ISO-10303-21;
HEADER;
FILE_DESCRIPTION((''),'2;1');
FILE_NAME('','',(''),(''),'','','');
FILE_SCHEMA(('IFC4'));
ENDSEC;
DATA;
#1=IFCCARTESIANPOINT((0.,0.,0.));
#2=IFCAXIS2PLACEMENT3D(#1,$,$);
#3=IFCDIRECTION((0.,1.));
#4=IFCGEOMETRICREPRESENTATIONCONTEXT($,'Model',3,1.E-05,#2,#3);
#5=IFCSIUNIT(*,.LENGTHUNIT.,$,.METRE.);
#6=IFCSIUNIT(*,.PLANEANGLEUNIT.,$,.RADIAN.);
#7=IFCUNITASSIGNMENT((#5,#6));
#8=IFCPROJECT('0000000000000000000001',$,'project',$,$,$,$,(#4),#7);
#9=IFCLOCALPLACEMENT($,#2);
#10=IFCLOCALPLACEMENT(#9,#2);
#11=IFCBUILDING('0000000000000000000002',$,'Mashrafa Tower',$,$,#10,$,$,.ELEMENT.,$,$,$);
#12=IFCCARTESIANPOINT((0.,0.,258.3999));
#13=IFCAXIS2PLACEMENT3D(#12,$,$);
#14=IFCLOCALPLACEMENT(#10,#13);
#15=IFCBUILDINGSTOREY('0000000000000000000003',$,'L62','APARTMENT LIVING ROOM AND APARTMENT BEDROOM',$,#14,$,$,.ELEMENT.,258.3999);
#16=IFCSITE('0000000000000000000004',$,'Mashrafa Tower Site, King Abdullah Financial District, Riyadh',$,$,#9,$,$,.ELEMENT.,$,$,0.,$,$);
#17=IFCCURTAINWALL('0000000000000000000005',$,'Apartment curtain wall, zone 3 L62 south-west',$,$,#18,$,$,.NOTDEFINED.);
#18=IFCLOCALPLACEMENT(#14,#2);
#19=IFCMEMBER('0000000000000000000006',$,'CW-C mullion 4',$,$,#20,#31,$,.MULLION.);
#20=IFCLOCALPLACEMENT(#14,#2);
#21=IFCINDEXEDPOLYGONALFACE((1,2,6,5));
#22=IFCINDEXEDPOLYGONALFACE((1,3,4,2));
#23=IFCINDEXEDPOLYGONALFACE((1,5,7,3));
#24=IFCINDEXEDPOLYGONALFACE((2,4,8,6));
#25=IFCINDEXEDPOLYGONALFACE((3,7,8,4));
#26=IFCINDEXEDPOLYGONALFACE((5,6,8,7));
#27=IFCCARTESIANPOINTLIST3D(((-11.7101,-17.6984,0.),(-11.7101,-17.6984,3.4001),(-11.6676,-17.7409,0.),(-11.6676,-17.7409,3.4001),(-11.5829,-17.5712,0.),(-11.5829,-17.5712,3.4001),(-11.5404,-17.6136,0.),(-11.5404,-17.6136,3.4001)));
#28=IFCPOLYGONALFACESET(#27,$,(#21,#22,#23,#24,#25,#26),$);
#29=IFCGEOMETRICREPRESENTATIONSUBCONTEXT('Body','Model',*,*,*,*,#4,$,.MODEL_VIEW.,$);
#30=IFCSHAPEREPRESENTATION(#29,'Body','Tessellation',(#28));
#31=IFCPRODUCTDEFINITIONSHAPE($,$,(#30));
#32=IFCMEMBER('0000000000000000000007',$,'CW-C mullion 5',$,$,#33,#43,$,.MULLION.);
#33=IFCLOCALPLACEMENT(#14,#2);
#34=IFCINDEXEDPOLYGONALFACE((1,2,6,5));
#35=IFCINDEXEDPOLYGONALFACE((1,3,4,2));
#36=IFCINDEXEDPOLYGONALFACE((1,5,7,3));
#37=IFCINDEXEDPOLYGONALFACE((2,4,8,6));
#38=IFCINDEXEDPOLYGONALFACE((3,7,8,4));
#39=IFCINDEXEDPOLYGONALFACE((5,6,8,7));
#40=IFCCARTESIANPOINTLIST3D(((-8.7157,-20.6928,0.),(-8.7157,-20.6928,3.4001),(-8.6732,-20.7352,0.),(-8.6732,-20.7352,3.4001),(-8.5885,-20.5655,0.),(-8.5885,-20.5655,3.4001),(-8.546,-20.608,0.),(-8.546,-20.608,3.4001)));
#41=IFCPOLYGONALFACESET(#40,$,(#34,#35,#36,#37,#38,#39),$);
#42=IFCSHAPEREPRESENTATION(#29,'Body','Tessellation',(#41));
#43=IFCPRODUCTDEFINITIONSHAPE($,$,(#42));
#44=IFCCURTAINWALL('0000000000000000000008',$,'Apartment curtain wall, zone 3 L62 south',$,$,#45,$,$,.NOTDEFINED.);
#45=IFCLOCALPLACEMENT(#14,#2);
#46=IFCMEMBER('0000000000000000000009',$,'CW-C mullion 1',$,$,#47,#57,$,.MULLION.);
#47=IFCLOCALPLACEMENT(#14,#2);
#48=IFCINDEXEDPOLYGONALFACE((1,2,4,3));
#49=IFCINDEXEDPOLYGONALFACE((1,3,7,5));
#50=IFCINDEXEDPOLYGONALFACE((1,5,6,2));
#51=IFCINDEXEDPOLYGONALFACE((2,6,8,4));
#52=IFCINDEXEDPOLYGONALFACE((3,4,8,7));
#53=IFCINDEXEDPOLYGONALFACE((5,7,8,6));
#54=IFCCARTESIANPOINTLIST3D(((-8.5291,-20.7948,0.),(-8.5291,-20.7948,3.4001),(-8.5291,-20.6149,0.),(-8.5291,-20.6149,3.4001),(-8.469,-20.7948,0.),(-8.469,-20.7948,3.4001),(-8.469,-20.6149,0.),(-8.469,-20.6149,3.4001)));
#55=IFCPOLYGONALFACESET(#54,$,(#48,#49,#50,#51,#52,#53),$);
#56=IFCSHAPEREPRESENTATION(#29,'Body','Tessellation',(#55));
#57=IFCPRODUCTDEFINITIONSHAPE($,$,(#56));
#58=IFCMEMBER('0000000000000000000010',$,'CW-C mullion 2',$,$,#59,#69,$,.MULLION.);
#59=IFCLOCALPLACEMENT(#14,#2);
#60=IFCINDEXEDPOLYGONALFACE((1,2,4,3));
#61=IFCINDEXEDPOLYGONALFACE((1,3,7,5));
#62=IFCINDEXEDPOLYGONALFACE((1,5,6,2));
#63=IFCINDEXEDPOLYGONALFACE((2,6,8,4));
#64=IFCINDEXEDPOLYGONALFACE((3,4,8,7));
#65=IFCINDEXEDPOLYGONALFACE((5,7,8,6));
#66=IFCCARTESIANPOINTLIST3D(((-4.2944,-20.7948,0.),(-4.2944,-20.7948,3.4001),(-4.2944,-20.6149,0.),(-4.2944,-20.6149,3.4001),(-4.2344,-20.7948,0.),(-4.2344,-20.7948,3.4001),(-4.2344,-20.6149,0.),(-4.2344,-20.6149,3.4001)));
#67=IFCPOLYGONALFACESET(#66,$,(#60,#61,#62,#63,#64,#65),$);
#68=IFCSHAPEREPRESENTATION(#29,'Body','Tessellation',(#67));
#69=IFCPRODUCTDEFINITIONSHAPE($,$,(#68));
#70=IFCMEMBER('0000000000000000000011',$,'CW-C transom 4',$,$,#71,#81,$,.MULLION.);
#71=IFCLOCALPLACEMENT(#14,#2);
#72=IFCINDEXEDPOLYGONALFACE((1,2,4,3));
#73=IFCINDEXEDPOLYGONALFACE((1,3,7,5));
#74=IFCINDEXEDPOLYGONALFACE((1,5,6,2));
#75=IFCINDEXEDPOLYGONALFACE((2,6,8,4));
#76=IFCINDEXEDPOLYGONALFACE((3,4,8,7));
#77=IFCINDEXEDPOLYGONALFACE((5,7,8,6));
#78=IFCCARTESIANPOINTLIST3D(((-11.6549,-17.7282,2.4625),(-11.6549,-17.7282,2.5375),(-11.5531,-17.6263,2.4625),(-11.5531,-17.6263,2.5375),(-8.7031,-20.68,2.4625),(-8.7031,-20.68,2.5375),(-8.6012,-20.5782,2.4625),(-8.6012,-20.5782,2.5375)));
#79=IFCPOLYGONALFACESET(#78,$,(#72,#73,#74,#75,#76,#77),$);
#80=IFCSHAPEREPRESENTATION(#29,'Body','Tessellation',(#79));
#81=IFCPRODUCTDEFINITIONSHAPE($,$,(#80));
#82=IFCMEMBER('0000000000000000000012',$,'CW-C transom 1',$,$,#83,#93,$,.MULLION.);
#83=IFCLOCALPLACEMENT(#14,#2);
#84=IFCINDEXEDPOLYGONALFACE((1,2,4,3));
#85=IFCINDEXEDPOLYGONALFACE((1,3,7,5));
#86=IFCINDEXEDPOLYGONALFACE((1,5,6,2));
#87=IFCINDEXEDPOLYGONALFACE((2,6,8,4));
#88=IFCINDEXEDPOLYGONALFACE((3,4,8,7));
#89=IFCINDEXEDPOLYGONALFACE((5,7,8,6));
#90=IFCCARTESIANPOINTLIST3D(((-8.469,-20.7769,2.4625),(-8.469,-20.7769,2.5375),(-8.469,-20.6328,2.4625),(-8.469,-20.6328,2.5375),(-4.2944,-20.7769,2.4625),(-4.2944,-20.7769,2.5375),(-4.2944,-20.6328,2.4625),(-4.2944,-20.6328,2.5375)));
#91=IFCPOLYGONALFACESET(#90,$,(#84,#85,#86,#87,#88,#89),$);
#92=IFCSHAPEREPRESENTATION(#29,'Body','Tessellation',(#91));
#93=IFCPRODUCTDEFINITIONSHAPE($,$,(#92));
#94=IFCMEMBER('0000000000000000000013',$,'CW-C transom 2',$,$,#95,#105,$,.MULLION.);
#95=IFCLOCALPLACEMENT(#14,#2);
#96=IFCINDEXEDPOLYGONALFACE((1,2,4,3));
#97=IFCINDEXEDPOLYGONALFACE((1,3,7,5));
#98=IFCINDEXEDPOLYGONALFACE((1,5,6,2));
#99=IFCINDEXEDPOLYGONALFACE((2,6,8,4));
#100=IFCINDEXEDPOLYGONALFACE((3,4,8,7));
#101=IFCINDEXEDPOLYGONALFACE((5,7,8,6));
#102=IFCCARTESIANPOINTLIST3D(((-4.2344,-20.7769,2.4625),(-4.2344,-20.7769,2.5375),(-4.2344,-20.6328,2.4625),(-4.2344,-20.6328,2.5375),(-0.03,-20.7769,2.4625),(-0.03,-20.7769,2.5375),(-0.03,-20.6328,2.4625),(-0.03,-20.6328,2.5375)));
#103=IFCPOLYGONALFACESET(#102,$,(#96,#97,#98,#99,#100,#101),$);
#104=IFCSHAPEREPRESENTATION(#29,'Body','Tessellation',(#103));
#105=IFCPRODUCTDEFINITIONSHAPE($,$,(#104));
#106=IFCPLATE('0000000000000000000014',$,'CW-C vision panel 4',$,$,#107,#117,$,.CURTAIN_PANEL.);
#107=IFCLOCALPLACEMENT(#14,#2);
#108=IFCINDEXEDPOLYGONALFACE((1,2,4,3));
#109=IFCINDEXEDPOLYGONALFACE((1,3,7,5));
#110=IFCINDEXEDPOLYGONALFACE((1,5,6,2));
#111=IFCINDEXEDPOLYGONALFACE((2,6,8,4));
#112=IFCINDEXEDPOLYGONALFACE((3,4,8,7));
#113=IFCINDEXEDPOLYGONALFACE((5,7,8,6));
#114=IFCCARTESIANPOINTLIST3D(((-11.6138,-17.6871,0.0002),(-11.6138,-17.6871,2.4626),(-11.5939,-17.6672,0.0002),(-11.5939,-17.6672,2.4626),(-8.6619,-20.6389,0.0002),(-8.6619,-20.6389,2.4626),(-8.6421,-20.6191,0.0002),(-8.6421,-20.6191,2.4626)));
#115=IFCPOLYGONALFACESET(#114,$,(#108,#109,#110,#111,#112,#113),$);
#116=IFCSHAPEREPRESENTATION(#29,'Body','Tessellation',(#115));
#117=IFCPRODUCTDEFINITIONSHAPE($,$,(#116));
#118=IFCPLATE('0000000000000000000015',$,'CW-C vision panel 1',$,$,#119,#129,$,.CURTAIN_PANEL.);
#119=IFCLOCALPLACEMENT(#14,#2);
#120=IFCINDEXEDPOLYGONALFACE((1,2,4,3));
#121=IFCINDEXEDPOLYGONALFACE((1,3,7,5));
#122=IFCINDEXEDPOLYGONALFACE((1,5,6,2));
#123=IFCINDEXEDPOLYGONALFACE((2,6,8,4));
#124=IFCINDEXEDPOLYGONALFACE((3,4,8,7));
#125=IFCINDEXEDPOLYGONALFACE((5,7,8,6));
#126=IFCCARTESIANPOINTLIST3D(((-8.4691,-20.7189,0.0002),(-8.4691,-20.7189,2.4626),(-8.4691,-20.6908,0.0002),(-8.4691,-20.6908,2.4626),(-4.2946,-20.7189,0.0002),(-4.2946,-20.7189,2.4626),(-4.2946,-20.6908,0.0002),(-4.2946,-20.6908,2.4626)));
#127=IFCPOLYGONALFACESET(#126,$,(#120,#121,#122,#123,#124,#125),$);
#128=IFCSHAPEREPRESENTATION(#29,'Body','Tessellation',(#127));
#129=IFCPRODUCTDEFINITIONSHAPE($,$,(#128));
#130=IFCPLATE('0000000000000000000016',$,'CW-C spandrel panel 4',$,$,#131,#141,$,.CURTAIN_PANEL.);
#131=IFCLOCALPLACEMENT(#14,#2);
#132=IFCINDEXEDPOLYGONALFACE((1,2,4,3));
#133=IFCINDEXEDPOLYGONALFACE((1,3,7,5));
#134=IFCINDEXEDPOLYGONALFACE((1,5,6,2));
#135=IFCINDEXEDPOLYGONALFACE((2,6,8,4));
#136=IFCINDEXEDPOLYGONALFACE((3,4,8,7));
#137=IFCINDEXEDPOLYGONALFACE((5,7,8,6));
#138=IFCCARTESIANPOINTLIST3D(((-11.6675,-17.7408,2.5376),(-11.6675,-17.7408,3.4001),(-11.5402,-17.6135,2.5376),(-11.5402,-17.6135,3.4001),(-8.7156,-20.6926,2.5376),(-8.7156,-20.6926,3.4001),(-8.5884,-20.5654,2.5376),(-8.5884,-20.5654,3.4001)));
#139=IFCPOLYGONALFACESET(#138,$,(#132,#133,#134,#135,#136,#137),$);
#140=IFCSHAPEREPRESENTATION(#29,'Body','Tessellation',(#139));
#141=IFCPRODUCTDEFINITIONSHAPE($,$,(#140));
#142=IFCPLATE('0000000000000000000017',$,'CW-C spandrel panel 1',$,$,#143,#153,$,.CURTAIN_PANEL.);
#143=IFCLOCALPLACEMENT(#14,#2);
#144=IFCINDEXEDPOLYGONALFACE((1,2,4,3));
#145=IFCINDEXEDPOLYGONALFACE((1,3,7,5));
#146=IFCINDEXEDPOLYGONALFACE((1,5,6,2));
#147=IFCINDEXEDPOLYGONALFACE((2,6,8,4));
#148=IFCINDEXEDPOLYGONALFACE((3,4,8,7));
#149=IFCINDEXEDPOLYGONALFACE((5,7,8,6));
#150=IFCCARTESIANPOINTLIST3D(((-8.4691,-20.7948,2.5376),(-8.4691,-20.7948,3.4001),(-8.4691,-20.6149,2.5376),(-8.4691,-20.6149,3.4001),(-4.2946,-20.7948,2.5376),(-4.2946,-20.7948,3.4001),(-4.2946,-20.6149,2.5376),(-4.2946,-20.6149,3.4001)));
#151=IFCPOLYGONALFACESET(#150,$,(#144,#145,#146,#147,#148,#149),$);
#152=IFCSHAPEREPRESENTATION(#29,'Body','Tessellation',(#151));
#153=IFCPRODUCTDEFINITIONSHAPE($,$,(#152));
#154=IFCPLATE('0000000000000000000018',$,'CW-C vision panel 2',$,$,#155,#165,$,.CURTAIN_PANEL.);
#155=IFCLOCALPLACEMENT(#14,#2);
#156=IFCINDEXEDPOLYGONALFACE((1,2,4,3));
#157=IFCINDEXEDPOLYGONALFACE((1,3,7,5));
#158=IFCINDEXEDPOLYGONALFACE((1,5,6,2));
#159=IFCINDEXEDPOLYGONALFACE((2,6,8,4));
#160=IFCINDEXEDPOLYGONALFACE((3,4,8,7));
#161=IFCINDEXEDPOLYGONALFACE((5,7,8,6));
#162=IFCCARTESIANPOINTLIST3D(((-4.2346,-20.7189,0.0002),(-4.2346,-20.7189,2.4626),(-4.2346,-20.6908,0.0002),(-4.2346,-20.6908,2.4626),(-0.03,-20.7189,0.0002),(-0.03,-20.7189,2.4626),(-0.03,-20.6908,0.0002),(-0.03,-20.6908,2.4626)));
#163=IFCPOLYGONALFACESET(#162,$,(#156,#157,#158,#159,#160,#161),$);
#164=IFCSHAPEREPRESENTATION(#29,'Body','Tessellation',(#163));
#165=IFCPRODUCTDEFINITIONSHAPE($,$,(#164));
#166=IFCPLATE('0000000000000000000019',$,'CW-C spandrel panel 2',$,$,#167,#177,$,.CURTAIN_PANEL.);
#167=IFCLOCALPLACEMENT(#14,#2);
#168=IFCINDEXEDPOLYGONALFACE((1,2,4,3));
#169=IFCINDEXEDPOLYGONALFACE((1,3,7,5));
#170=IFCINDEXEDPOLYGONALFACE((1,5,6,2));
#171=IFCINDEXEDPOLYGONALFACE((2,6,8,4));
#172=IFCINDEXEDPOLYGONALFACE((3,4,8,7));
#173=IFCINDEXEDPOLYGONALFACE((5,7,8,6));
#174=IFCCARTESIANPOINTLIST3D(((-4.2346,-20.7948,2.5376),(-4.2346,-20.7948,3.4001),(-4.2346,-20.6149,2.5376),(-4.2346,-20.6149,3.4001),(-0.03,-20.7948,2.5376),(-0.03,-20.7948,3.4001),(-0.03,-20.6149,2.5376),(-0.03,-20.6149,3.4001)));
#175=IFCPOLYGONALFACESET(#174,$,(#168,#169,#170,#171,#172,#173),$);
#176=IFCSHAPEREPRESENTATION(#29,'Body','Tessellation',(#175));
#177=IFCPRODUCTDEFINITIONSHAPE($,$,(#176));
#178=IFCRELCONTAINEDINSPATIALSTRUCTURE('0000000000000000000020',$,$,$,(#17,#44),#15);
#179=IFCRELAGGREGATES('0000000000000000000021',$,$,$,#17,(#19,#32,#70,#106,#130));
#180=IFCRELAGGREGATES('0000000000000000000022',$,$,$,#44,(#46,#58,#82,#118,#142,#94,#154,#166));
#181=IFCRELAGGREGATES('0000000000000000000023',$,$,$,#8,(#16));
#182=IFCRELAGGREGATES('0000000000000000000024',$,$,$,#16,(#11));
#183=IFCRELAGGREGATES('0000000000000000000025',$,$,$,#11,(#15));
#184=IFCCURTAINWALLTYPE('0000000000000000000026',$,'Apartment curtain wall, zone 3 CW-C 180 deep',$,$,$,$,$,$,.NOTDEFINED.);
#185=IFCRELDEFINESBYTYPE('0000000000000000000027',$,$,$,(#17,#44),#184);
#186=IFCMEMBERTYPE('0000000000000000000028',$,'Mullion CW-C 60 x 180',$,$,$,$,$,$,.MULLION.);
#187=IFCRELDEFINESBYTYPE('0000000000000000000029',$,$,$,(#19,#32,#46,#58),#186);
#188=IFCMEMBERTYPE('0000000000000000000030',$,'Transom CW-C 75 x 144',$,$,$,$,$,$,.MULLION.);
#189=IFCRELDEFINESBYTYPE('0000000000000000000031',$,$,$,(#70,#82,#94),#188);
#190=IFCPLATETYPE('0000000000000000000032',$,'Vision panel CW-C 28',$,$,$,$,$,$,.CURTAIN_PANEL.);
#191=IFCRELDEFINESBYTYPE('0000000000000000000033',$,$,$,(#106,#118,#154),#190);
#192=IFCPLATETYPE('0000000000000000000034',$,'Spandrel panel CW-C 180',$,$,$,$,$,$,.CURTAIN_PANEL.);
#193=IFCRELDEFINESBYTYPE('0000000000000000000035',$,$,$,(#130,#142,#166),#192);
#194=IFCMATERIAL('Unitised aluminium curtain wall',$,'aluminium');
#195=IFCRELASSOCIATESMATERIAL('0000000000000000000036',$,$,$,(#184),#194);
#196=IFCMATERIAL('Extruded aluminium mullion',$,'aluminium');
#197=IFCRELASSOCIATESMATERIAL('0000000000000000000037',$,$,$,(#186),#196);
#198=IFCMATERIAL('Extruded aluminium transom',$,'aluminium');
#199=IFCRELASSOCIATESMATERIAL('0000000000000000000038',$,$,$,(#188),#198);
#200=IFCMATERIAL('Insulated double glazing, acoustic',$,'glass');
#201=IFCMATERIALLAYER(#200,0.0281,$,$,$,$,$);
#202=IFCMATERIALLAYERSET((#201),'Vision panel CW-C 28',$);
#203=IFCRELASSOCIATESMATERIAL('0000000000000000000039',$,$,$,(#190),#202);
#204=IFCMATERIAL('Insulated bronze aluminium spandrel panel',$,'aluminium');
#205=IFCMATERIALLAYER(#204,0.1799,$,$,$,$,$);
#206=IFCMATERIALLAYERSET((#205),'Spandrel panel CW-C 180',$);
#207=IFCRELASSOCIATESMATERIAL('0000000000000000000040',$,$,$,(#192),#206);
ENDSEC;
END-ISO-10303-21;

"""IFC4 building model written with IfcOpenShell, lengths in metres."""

from ifc_helpers import new_model, si_unit, direction, frame, origin, origin_2d, place, context, subcontext, project, spatial, rectangle, extrude, source, transform, mapped, material, layer, layer_set, material_profile, profile_set, type_object, type_shapes, element, aggregate, save


model = new_model("IFC4")

# Units and contexts
model_context = context("Model", 3, precision=1e-05, world=origin(), true_north=direction((0.0, 1.0)))
body_context = subcontext(model_context, "Body", "Model", "MODEL_VIEW")
ifc_project = project(units=[si_unit("LENGTHUNIT", "METRE"), si_unit("PLANEANGLEUNIT", "RADIAN")], contexts=[model_context])

# Site, building, storey
site_placement = place(None, origin())
site = spatial("IfcSite", under=ifc_project, at=site_placement, Name="Mashrafa Tower Site, King Abdullah Financial District, Riyadh", CompositionType="ELEMENT", RefElevation=0.0)
building_placement = place(site_placement, origin())
building = spatial("IfcBuilding", under=site, at=building_placement, Name="Mashrafa Tower", CompositionType="ELEMENT")
storey_placement = place(building_placement, frame((0.0, 0.0, 258.3999)))
storey = spatial("IfcBuildingStorey", under=building, at=storey_placement, Name="L62", Description="APARTMENT LIVING ROOM AND APARTMENT BEDROOM", CompositionType="ELEMENT", Elevation=258.3999)

# Curtain walls, members
ifc_material_1 = material(Name="Unitised aluminium curtain wall", Category="aluminium")
curtain_wall_type = type_object("IfcCurtainWallType", Name="Apartment curtain wall, zone 3 CW-C 180 deep", PredefinedType="NOTDEFINED", material=ifc_material_1)
curtain_wall_1_placement = place(storey_placement, origin())
curtain_wall_1 = element("IfcCurtainWall", 1, at=curtain_wall_1_placement, inside=storey, type_object=curtain_wall_type, Name="Apartment curtain wall, zone 3 L62 south-west", PredefinedType="NOTDEFINED")
ifc_material_2 = material(Name="Extruded aluminium mullion", Category="aluminium")
ifc_material_profile_1 = material_profile(ifc_material_2, rectangle(XDim=0.1799, YDim=0.0601, at=origin_2d()), Name="Mullion 60x180")
ifc_profile_set_1 = profile_set([ifc_material_profile_1], Name="Extruded aluminium mullion")
member_type_1 = type_object("IfcMemberType", Name="Mullion CW-C 60 x 180", PredefinedType="MULLION", material=ifc_profile_set_1)
shared_shape_1 = source(origin(), body_context, "Body", "SweptSolid", [
    extrude(rectangle(XDim=0.1799, YDim=0.0601, at=origin_2d()), origin(), (0.0, 0.0, 1.0), 3.4001),
])
type_shapes(member_type_1, [shared_shape_1])
member_1_placement = place(storey_placement, frame((-11.6252, -17.656, 0.0), z_axis=(0.0, 0.0, 1.0), x_axis=(0.707107, 0.707107, 0.0)))
member_1 = element("IfcMember", 2, at=member_1_placement, type_object=member_type_1, Name="CW-C mullion 4", PredefinedType="MULLION", context=body_context, shape_type="MappedRepresentation", body=[
    mapped(shared_shape_1, transform((0.0, 0.0, 0.0))),
])
member_2_placement = place(storey_placement, frame((-8.6309, -20.6504, 0.0), z_axis=(0.0, 0.0, 1.0), x_axis=(0.707107, 0.707107, 0.0)))
member_2 = element("IfcMember", 3, at=member_2_placement, type_object=member_type_1, Name="CW-C mullion 5", PredefinedType="MULLION", context=body_context, shape_type="MappedRepresentation", body=[
    mapped(shared_shape_1, transform((0.0, 0.0, 0.0))),
])
curtain_wall_2_placement = place(storey_placement, origin())
curtain_wall_2 = element("IfcCurtainWall", 4, at=curtain_wall_2_placement, inside=storey, type_object=curtain_wall_type, Name="Apartment curtain wall, zone 3 L62 south", PredefinedType="NOTDEFINED")
member_3_placement = place(storey_placement, frame((-8.499, -20.7048, 0.0), z_axis=(0.0, 0.0, 1.0), x_axis=(0.0, 1.0, 0.0)))
member_3 = element("IfcMember", 5, at=member_3_placement, type_object=member_type_1, Name="CW-C mullion 1", PredefinedType="MULLION", context=body_context, shape_type="MappedRepresentation", body=[
    mapped(shared_shape_1, transform((0.0, 0.0, 0.0))),
])
member_4_placement = place(storey_placement, frame((-4.2644, -20.7048, 0.0), z_axis=(0.0, 0.0, 1.0), x_axis=(0.0, 1.0, 0.0)))
member_4 = element("IfcMember", 6, at=member_4_placement, type_object=member_type_1, Name="CW-C mullion 2", PredefinedType="MULLION", context=body_context, shape_type="MappedRepresentation", body=[
    mapped(shared_shape_1, transform((0.0, 0.0, 0.0))),
])

# Members
ifc_material_3 = material(Name="Extruded aluminium transom", Category="aluminium")
ifc_material_profile_2 = material_profile(ifc_material_3, rectangle(XDim=0.144, YDim=0.075, at=origin_2d()), Name="Transom 75x144")
ifc_profile_set_2 = profile_set([ifc_material_profile_2], Name="Extruded aluminium transom")
member_type_2 = type_object("IfcMemberType", Name="Transom CW-C 75 x 144", PredefinedType="MULLION", material=ifc_profile_set_2)
shared_shape_2 = source(origin(), body_context, "Body", "SweptSolid", [
    extrude(rectangle(XDim=0.144, YDim=0.075, at=origin_2d()), origin(), (0.0, 0.0, 1.0), 4.1746),
])
member_5_placement = place(storey_placement, frame((-11.604, -17.6772, 2.5), z_axis=(0.707107, -0.707107, 0.0), x_axis=(0.707107, 0.707107, 0.0)))
member_5 = element("IfcMember", 7, at=member_5_placement, type_object=member_type_2, Name="CW-C transom 4", PredefinedType="MULLION", context=body_context, shape_type="MappedRepresentation", body=[
    mapped(shared_shape_2, transform((0.0, 0.0, 0.0))),
])
member_6_placement = place(storey_placement, frame((-8.469, -20.7048, 2.5), z_axis=(1.0, 0.0, 0.0), x_axis=(0.0, 1.0, 0.0)))
member_6 = element("IfcMember", 8, at=member_6_placement, type_object=member_type_2, Name="CW-C transom 1", PredefinedType="MULLION", context=body_context, shape_type="MappedRepresentation", body=[
    mapped(shared_shape_2, transform((0.0, 0.0, 0.0))),
])
shared_shape_3 = source(origin(), body_context, "Body", "SweptSolid", [
    extrude(rectangle(XDim=0.144, YDim=0.075, at=origin_2d()), origin(), (0.0, 0.0, 1.0), 4.2043),
])
type_shapes(member_type_2, [shared_shape_2, shared_shape_3])
member_7_placement = place(storey_placement, frame((-4.2344, -20.7048, 2.5), z_axis=(1.0, 0.0, 0.0), x_axis=(0.0, 1.0, 0.0)))
member_7 = element("IfcMember", 9, at=member_7_placement, type_object=member_type_2, Name="CW-C transom 2", PredefinedType="MULLION", context=body_context, shape_type="MappedRepresentation", body=[
    mapped(shared_shape_3, transform((0.0, 0.0, 0.0))),
])

# Plates
ifc_material_4 = material(Name="Insulated double glazing, acoustic", Category="glass")
ifc_layer_1 = layer(ifc_material_4, 0.0281)
ifc_layer_set_1 = layer_set([ifc_layer_1], Name="Vision panel CW-C 28")
plate_type_1 = type_object("IfcPlateType", Name="Vision panel CW-C 28", PredefinedType="CURTAIN_PANEL", material=ifc_layer_set_1)
shared_shape_4 = source(origin(), body_context, "Body", "SweptSolid", [
    extrude(rectangle(XDim=4.1746, YDim=0.0281, at=origin_2d()), origin(), (0.0, 0.0, 1.0), 2.4624),
])
plate_1_placement = place(storey_placement, frame((-10.1279, -19.1531, 0.0002), z_axis=(0.0, 0.0, 1.0), x_axis=(0.707107, -0.707107, 0.0)))
plate_1 = element("IfcPlate", 10, at=plate_1_placement, type_object=plate_type_1, Name="CW-C vision panel 4", PredefinedType="CURTAIN_PANEL", context=body_context, shape_type="MappedRepresentation", body=[
    mapped(shared_shape_4, transform((0.0, 0.0, 0.0))),
])
plate_2_placement = place(storey_placement, frame((-6.3818, -20.7048, 0.0002), z_axis=(0.0, 0.0, 1.0), x_axis=(1.0, 0.0, 0.0)))
plate_2 = element("IfcPlate", 11, at=plate_2_placement, type_object=plate_type_1, Name="CW-C vision panel 1", PredefinedType="CURTAIN_PANEL", context=body_context, shape_type="MappedRepresentation", body=[
    mapped(shared_shape_4, transform((0.0, 0.0, 0.0))),
])
ifc_material_5 = material(Name="Insulated bronze aluminium spandrel panel", Category="aluminium")
ifc_layer_2 = layer(ifc_material_5, 0.1799)
ifc_layer_set_2 = layer_set([ifc_layer_2], Name="Spandrel panel CW-C 180")
plate_type_2 = type_object("IfcPlateType", Name="Spandrel panel CW-C 180", PredefinedType="CURTAIN_PANEL", material=ifc_layer_set_2)
shared_shape_5 = source(origin(), body_context, "Body", "SweptSolid", [
    extrude(rectangle(XDim=4.1746, YDim=0.1799, at=origin_2d()), origin(), (0.0, 0.0, 1.0), 0.8625),
])
plate_3_placement = place(storey_placement, frame((-10.1279, -19.1531, 2.5376), z_axis=(0.0, 0.0, 1.0), x_axis=(0.707107, -0.707107, 0.0)))
plate_3 = element("IfcPlate", 12, at=plate_3_placement, type_object=plate_type_2, Name="CW-C spandrel panel 4", PredefinedType="CURTAIN_PANEL", context=body_context, shape_type="MappedRepresentation", body=[
    mapped(shared_shape_5, transform((0.0, 0.0, 0.0))),
])
aggregate(curtain_wall_1, [member_1, member_2, member_5, plate_1, plate_3])
plate_4_placement = place(storey_placement, frame((-6.3818, -20.7048, 2.5376), z_axis=(0.0, 0.0, 1.0), x_axis=(1.0, 0.0, 0.0)))
plate_4 = element("IfcPlate", 13, at=plate_4_placement, type_object=plate_type_2, Name="CW-C spandrel panel 1", PredefinedType="CURTAIN_PANEL", context=body_context, shape_type="MappedRepresentation", body=[
    mapped(shared_shape_5, transform((0.0, 0.0, 0.0))),
])
shared_shape_6 = source(origin(), body_context, "Body", "SweptSolid", [
    extrude(rectangle(XDim=4.2046, YDim=0.0281, at=origin_2d()), origin(), (0.0, 0.0, 1.0), 2.4624),
])
type_shapes(plate_type_1, [shared_shape_4, shared_shape_6])
plate_5_placement = place(storey_placement, frame((-2.1323, -20.7048, 0.0002), z_axis=(0.0, 0.0, 1.0), x_axis=(1.0, 0.0, 0.0)))
plate_5 = element("IfcPlate", 14, at=plate_5_placement, type_object=plate_type_1, Name="CW-C vision panel 2", PredefinedType="CURTAIN_PANEL", context=body_context, shape_type="MappedRepresentation", body=[
    mapped(shared_shape_6, transform((0.0, 0.0, 0.0))),
])
shared_shape_7 = source(origin(), body_context, "Body", "SweptSolid", [
    extrude(rectangle(XDim=4.2046, YDim=0.1799, at=origin_2d()), origin(), (0.0, 0.0, 1.0), 0.8625),
])
type_shapes(plate_type_2, [shared_shape_5, shared_shape_7])
plate_6_placement = place(storey_placement, frame((-2.1323, -20.7048, 2.5376), z_axis=(0.0, 0.0, 1.0), x_axis=(1.0, 0.0, 0.0)))
plate_6 = element("IfcPlate", 15, at=plate_6_placement, type_object=plate_type_2, Name="CW-C spandrel panel 2", PredefinedType="CURTAIN_PANEL", context=body_context, shape_type="MappedRepresentation", body=[
    mapped(shared_shape_7, transform((0.0, 0.0, 0.0))),
])
aggregate(curtain_wall_2, [member_3, member_4, member_6, plate_2, plate_4, member_7, plate_5, plate_6])

save(model, "model.ifc")
